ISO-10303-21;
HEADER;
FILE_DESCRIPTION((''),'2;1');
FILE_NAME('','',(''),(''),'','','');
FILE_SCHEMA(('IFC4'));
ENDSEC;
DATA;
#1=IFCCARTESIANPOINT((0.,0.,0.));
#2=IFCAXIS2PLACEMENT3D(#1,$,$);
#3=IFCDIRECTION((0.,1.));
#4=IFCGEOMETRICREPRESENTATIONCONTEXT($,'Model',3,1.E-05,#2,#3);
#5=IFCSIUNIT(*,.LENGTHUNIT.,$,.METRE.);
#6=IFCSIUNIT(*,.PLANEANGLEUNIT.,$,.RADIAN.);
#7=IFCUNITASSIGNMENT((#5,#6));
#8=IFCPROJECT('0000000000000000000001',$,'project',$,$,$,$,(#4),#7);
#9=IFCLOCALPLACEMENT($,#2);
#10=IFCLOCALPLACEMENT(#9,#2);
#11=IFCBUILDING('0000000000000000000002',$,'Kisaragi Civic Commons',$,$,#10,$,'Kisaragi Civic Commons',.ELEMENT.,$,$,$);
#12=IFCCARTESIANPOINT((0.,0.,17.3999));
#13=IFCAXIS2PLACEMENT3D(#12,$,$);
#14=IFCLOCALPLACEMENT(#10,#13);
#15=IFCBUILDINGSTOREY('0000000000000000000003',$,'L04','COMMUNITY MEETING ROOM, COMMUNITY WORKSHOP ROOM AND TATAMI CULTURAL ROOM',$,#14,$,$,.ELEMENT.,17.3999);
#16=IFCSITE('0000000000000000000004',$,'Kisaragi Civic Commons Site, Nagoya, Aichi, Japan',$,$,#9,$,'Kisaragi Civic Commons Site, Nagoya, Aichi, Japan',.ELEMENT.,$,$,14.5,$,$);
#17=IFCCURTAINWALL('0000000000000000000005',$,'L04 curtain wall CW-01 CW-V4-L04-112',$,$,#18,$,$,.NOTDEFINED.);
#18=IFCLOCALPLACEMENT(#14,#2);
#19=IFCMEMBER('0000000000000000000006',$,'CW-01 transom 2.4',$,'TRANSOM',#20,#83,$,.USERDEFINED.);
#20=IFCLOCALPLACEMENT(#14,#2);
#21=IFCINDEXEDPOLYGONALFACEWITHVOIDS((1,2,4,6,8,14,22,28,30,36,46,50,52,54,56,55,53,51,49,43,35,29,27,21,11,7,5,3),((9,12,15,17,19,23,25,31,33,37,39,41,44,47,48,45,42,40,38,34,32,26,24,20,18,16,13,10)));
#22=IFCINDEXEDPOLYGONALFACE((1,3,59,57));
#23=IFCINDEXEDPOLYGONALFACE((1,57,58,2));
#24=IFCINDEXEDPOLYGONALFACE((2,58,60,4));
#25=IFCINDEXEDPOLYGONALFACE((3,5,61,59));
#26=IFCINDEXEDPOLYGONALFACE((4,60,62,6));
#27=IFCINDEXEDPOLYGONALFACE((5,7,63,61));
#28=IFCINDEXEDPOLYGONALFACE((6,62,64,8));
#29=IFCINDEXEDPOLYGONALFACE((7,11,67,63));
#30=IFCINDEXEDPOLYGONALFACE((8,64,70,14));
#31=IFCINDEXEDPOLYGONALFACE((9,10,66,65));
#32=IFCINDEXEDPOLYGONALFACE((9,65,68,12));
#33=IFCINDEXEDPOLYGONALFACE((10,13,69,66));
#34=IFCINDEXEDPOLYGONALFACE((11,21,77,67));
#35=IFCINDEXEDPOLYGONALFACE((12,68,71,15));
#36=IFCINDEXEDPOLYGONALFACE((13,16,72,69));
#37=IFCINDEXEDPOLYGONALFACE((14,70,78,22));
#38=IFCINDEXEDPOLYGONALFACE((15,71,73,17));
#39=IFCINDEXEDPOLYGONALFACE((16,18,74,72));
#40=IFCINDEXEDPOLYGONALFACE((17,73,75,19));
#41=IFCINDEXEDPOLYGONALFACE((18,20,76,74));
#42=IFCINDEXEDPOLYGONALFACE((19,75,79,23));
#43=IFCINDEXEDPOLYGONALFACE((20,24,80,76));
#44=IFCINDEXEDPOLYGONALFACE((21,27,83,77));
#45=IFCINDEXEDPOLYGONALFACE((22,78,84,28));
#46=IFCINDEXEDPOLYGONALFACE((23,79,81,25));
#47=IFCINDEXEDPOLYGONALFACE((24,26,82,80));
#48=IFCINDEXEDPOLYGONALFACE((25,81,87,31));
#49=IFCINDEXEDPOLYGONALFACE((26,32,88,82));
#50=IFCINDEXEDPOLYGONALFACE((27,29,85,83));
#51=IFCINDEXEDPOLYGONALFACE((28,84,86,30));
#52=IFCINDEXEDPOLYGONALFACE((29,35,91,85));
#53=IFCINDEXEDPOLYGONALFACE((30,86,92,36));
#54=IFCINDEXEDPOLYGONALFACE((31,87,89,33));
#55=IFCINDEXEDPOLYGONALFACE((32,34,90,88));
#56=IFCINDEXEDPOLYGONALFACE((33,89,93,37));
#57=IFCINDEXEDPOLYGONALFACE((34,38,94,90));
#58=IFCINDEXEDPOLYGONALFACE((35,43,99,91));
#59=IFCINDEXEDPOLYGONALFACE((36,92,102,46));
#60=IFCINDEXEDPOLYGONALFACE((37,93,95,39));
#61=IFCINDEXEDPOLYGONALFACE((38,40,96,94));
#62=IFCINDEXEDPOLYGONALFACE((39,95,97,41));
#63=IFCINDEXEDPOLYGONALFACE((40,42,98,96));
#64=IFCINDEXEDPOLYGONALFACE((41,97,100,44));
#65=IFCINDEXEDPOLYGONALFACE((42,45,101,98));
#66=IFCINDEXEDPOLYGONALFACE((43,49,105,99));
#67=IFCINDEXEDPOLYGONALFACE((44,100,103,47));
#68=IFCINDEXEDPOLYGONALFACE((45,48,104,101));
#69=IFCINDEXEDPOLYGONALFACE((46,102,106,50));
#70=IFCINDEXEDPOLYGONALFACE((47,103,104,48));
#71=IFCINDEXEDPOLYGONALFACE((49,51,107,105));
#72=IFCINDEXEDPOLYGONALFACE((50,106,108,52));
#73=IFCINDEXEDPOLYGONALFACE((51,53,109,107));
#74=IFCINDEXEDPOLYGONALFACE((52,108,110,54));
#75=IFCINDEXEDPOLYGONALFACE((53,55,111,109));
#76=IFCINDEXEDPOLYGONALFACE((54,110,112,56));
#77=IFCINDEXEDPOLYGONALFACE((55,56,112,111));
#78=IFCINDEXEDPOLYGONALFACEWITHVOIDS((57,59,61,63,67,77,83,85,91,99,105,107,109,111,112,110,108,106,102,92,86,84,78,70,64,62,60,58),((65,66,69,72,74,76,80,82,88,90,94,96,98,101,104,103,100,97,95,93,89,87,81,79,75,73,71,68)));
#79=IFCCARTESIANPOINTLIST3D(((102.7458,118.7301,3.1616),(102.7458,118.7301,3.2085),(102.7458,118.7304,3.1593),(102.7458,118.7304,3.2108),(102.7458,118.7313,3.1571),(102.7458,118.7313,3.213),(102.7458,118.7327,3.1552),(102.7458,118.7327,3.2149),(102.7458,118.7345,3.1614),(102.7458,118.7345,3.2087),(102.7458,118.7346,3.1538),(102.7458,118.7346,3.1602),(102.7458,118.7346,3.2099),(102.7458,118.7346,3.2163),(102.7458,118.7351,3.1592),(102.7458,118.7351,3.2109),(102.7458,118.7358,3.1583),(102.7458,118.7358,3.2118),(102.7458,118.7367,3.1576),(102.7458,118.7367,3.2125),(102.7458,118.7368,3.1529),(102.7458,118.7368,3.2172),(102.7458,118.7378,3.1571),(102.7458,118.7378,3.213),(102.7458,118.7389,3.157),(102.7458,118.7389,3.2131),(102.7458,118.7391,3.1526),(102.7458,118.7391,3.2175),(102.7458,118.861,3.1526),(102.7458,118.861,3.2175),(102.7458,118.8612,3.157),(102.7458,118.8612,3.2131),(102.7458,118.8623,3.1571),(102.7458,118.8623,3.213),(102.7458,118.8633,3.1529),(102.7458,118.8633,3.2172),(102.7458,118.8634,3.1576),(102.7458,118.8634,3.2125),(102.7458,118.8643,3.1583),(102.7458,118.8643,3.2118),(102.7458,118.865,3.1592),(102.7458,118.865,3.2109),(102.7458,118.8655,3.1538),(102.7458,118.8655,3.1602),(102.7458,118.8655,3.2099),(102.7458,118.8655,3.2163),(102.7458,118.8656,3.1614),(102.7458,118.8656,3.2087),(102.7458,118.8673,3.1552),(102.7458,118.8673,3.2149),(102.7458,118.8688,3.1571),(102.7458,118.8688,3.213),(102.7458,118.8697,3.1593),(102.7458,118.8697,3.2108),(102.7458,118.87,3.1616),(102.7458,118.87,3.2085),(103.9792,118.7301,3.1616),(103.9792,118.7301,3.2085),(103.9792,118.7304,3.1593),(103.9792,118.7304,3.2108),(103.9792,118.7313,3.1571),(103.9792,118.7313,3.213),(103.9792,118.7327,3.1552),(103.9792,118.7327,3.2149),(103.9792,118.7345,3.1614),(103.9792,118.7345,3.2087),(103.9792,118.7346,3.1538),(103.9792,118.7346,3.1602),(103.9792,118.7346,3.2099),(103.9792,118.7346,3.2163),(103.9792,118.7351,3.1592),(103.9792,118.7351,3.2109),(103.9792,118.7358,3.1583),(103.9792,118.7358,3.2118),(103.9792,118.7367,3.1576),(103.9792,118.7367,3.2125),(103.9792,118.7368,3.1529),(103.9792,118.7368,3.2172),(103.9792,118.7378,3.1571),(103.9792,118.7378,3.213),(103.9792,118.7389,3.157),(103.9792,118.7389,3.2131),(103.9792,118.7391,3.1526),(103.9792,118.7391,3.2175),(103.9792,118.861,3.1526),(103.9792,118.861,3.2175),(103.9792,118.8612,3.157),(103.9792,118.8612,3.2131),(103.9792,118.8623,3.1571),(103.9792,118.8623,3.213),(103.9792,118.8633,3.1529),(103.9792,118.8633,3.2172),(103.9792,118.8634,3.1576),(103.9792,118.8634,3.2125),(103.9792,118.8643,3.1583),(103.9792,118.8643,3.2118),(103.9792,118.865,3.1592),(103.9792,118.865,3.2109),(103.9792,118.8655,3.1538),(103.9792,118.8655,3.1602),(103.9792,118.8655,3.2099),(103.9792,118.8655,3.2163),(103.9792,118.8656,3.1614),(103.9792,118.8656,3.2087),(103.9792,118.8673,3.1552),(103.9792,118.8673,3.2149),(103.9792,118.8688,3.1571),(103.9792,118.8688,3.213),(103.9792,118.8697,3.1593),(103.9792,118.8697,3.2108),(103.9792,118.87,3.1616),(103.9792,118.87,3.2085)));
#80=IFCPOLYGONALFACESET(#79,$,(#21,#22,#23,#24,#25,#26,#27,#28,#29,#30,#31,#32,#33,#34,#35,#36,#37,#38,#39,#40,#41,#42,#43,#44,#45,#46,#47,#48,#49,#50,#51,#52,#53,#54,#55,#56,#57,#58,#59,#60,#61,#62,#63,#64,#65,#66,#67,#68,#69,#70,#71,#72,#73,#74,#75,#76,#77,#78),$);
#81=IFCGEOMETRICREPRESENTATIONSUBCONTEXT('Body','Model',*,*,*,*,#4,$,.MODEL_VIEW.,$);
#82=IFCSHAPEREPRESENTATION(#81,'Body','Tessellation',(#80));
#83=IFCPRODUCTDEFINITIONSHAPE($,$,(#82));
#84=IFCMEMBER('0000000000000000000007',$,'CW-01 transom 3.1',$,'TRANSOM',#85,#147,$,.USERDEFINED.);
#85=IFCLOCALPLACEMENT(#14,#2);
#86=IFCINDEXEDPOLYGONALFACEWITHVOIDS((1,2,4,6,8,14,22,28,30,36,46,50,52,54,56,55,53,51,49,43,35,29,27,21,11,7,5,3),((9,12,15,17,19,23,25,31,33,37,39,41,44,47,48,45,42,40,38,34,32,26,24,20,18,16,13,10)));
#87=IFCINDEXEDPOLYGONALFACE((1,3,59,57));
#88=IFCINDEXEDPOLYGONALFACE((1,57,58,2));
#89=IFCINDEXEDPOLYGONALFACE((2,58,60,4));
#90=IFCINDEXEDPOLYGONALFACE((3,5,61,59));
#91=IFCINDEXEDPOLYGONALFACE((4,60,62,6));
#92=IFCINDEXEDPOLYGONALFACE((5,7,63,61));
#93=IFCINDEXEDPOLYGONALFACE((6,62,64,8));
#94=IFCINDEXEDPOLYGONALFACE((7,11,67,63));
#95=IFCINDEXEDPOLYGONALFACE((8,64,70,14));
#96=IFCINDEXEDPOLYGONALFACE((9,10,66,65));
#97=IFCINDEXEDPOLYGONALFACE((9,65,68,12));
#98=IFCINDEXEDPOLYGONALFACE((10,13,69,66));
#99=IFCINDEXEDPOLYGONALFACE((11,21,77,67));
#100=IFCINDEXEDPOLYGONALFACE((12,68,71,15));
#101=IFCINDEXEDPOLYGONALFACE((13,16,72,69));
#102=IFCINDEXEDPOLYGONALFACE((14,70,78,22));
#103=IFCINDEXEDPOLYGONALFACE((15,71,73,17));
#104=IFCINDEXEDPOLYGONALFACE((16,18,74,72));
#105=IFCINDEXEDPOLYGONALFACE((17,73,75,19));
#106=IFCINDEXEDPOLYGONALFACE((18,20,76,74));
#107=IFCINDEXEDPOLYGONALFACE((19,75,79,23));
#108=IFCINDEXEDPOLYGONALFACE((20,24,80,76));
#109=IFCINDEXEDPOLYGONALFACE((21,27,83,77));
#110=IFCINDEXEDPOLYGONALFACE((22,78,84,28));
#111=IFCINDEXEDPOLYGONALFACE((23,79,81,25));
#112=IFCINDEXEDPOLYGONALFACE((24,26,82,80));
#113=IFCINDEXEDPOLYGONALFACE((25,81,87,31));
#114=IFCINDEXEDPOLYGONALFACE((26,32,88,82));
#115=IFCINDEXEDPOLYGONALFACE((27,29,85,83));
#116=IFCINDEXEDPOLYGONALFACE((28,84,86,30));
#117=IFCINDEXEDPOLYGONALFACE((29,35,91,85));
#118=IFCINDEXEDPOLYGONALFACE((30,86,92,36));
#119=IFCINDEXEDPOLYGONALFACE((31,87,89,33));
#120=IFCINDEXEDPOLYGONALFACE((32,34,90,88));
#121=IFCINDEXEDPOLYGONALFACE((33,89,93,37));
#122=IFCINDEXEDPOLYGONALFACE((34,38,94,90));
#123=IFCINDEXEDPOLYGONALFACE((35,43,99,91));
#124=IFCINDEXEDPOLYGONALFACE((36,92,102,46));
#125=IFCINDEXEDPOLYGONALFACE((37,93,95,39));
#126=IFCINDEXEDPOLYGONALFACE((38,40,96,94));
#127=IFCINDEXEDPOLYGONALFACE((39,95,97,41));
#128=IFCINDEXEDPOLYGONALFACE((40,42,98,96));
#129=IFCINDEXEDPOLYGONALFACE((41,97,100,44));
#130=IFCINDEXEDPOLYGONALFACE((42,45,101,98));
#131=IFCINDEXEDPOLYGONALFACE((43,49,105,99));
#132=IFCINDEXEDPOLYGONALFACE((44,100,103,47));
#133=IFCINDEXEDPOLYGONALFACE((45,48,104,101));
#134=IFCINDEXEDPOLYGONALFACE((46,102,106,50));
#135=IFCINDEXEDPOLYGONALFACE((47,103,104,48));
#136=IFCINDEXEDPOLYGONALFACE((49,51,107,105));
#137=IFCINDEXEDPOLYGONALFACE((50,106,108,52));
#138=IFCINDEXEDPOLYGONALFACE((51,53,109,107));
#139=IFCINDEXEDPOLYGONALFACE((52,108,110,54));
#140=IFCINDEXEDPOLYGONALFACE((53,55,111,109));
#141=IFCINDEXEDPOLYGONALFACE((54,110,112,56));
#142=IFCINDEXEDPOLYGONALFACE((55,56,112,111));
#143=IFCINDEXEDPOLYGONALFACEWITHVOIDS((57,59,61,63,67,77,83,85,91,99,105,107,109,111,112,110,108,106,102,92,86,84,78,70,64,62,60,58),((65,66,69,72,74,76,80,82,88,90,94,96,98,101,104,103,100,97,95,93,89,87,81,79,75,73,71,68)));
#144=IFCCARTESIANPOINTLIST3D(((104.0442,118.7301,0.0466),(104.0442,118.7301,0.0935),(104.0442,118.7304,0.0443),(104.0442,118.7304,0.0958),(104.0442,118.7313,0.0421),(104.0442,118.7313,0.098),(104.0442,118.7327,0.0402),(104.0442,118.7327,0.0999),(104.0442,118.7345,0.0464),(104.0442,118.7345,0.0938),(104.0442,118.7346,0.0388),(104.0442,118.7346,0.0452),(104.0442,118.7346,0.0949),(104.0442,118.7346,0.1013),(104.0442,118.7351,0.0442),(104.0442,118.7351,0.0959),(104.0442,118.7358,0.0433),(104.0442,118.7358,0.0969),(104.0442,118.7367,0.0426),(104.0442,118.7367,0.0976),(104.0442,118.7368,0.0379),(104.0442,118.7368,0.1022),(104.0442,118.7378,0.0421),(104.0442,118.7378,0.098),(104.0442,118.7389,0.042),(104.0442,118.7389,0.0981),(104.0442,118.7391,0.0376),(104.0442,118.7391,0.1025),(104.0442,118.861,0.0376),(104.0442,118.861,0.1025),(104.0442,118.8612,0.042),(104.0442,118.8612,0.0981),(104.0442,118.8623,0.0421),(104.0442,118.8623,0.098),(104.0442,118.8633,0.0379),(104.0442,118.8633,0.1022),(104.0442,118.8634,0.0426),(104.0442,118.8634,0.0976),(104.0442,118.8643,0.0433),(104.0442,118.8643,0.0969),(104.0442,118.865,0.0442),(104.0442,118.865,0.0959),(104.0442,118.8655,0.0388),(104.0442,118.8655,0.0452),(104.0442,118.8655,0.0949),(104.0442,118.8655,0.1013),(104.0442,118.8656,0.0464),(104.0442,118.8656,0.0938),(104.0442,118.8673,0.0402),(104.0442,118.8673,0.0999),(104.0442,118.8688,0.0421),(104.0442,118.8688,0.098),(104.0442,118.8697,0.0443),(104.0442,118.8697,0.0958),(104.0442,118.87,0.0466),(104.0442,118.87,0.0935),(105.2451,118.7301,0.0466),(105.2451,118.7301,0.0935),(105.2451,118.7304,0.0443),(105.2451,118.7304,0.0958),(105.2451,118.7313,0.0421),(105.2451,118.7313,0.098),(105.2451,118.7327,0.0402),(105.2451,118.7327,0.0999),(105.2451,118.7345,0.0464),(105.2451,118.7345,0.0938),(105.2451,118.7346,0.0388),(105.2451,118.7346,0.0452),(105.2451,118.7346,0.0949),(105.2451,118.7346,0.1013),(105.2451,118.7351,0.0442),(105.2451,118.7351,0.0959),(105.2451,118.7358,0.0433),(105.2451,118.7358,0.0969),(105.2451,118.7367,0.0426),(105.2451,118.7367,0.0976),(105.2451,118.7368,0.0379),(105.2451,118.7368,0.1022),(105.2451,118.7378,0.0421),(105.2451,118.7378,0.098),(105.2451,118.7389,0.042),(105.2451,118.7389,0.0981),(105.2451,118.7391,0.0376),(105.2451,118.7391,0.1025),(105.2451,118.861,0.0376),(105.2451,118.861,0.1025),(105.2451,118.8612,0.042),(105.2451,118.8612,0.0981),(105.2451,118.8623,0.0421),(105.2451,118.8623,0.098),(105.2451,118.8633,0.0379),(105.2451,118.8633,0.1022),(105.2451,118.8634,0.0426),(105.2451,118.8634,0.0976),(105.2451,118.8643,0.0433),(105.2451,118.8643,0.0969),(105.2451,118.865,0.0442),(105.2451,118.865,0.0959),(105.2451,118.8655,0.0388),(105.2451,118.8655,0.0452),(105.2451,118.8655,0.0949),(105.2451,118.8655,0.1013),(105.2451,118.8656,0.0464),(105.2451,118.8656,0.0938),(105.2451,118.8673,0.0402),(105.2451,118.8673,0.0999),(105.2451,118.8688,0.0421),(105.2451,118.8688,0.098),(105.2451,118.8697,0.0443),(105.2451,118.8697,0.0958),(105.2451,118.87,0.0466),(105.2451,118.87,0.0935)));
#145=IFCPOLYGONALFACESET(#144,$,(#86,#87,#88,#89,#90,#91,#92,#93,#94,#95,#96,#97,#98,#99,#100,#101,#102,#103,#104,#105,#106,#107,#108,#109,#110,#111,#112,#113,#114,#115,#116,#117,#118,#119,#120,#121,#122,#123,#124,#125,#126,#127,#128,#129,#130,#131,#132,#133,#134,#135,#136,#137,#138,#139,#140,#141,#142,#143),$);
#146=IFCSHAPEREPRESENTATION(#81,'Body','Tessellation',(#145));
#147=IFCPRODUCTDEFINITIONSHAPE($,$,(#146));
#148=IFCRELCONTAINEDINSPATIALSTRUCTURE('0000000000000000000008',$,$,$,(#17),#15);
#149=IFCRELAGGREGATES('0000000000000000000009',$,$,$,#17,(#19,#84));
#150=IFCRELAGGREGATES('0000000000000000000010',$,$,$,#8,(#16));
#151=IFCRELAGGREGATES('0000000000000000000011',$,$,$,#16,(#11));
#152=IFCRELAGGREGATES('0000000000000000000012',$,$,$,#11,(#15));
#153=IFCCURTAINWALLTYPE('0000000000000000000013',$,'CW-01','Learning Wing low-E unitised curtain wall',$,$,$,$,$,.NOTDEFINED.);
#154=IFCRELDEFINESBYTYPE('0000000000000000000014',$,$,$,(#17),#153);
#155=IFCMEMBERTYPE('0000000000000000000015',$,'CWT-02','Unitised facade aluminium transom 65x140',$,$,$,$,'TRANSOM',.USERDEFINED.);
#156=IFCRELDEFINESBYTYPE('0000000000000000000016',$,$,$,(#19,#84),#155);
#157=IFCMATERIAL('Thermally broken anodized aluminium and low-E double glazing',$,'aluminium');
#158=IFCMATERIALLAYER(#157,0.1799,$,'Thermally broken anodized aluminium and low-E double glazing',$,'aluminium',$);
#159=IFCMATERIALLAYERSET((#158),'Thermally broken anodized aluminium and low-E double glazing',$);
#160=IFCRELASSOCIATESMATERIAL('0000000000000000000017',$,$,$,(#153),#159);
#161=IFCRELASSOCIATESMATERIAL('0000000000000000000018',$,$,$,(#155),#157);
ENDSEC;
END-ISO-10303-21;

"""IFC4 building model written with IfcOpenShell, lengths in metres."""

from ifc_helpers import new_model, si_unit, direction, frame, origin, origin_2d, place, context, subcontext, project, spatial, hollow_rectangle, extrude, material, layer, layer_set, material_profile, profile_set, type_object, element, aggregate, save


model = new_model("IFC4")

# Units and contexts
model_context = context("Model", 3, precision=1e-05, world=origin(), true_north=direction((0.0, 1.0)))
body_context = subcontext(model_context, "Body", "Model", "MODEL_VIEW")
ifc_project = project(units=[si_unit("LENGTHUNIT", "METRE"), si_unit("PLANEANGLEUNIT", "RADIAN")], contexts=[model_context])

# Site, building, storey
site_placement = place(None, origin())
site = spatial("IfcSite", under=ifc_project, at=site_placement, Name="Kisaragi Civic Commons Site, Nagoya, Aichi, Japan", LongName="Kisaragi Civic Commons Site, Nagoya, Aichi, Japan", CompositionType="ELEMENT", RefElevation=14.5)
building_placement = place(site_placement, origin())
building = spatial("IfcBuilding", under=site, at=building_placement, Name="Kisaragi Civic Commons", LongName="Kisaragi Civic Commons", CompositionType="ELEMENT")
storey_placement = place(building_placement, frame((0.0, 0.0, 17.3999)))
storey = spatial("IfcBuildingStorey", under=building, at=storey_placement, Name="L04", Description="COMMUNITY MEETING ROOM, COMMUNITY WORKSHOP ROOM AND TATAMI CULTURAL ROOM", CompositionType="ELEMENT", Elevation=17.3999)

# Curtain wall
ifc_material_1 = material(Name="Thermally broken anodized aluminium and low-E double glazing", Category="aluminium")
ifc_layer_1 = layer(ifc_material_1, 0.1799, Name="Thermally broken anodized aluminium and low-E double glazing", Category="aluminium")
ifc_layer_set_1 = layer_set([ifc_layer_1], Name="Thermally broken anodized aluminium and low-E double glazing")
curtain_wall_type = type_object("IfcCurtainWallType", Name="CW-01", Description="Learning Wing low-E unitised curtain wall", PredefinedType="NOTDEFINED", material=ifc_layer_set_1)
curtain_wall_1_placement = place(storey_placement, origin())
curtain_wall_1 = element("IfcCurtainWall", 1, at=curtain_wall_1_placement, inside=storey, type_object=curtain_wall_type, Name="L04 curtain wall CW-01 CW-V4-L04-112", PredefinedType="NOTDEFINED")

# Members
ifc_material_profile_1 = material_profile(ifc_material_1, hollow_rectangle(XDim=0.1399, YDim=0.0649, WallThickness=0.0044, InnerFilletRadius=0.0044, OuterFilletRadius=0.009, at=origin_2d()), Name="CWT-65x140x4.5", Category="aluminium")
ifc_profile_set_1 = profile_set([ifc_material_profile_1], Name="Thermally broken anodized aluminium and low-E double glazing")
member_type_1 = type_object("IfcMemberType", Name="CWT-02", Description="Unitised facade aluminium transom 65x140", ElementType="TRANSOM", PredefinedType="USERDEFINED", material=ifc_profile_set_1)
member_1_placement = place(storey_placement, frame((102.7458, 118.8, 3.1851), z_axis=(1.0, 0.0, 0.0), x_axis=(0.0, 1.0, 0.0)))
member_1 = element("IfcMember", 2, at=member_1_placement, type_object=member_type_1, Name="CW-01 transom 2.4", ObjectType="TRANSOM", PredefinedType="USERDEFINED", context=body_context, shape_type="SweptSolid", body=[
    extrude(hollow_rectangle(XDim=0.1399, YDim=0.0649, WallThickness=0.0044, InnerFilletRadius=0.0044, OuterFilletRadius=0.009, at=origin_2d()), origin(), (0.0, 0.0, 1.0), 1.2334),
])
member_2_placement = place(storey_placement, frame((104.0442, 118.8, 0.0701), z_axis=(1.0, 0.0, 0.0), x_axis=(0.0, 1.0, 0.0)))
member_2 = element("IfcMember", 3, at=member_2_placement, type_object=member_type_1, Name="CW-01 transom 3.1", ObjectType="TRANSOM", PredefinedType="USERDEFINED", context=body_context, shape_type="SweptSolid", body=[
    extrude(hollow_rectangle(XDim=0.1399, YDim=0.0649, WallThickness=0.0044, InnerFilletRadius=0.0044, OuterFilletRadius=0.009, at=origin_2d()), origin(), (0.0, 0.0, 1.0), 1.2009),
])

aggregate(curtain_wall_1, [member_1, member_2])

save(model, "model.ifc")
